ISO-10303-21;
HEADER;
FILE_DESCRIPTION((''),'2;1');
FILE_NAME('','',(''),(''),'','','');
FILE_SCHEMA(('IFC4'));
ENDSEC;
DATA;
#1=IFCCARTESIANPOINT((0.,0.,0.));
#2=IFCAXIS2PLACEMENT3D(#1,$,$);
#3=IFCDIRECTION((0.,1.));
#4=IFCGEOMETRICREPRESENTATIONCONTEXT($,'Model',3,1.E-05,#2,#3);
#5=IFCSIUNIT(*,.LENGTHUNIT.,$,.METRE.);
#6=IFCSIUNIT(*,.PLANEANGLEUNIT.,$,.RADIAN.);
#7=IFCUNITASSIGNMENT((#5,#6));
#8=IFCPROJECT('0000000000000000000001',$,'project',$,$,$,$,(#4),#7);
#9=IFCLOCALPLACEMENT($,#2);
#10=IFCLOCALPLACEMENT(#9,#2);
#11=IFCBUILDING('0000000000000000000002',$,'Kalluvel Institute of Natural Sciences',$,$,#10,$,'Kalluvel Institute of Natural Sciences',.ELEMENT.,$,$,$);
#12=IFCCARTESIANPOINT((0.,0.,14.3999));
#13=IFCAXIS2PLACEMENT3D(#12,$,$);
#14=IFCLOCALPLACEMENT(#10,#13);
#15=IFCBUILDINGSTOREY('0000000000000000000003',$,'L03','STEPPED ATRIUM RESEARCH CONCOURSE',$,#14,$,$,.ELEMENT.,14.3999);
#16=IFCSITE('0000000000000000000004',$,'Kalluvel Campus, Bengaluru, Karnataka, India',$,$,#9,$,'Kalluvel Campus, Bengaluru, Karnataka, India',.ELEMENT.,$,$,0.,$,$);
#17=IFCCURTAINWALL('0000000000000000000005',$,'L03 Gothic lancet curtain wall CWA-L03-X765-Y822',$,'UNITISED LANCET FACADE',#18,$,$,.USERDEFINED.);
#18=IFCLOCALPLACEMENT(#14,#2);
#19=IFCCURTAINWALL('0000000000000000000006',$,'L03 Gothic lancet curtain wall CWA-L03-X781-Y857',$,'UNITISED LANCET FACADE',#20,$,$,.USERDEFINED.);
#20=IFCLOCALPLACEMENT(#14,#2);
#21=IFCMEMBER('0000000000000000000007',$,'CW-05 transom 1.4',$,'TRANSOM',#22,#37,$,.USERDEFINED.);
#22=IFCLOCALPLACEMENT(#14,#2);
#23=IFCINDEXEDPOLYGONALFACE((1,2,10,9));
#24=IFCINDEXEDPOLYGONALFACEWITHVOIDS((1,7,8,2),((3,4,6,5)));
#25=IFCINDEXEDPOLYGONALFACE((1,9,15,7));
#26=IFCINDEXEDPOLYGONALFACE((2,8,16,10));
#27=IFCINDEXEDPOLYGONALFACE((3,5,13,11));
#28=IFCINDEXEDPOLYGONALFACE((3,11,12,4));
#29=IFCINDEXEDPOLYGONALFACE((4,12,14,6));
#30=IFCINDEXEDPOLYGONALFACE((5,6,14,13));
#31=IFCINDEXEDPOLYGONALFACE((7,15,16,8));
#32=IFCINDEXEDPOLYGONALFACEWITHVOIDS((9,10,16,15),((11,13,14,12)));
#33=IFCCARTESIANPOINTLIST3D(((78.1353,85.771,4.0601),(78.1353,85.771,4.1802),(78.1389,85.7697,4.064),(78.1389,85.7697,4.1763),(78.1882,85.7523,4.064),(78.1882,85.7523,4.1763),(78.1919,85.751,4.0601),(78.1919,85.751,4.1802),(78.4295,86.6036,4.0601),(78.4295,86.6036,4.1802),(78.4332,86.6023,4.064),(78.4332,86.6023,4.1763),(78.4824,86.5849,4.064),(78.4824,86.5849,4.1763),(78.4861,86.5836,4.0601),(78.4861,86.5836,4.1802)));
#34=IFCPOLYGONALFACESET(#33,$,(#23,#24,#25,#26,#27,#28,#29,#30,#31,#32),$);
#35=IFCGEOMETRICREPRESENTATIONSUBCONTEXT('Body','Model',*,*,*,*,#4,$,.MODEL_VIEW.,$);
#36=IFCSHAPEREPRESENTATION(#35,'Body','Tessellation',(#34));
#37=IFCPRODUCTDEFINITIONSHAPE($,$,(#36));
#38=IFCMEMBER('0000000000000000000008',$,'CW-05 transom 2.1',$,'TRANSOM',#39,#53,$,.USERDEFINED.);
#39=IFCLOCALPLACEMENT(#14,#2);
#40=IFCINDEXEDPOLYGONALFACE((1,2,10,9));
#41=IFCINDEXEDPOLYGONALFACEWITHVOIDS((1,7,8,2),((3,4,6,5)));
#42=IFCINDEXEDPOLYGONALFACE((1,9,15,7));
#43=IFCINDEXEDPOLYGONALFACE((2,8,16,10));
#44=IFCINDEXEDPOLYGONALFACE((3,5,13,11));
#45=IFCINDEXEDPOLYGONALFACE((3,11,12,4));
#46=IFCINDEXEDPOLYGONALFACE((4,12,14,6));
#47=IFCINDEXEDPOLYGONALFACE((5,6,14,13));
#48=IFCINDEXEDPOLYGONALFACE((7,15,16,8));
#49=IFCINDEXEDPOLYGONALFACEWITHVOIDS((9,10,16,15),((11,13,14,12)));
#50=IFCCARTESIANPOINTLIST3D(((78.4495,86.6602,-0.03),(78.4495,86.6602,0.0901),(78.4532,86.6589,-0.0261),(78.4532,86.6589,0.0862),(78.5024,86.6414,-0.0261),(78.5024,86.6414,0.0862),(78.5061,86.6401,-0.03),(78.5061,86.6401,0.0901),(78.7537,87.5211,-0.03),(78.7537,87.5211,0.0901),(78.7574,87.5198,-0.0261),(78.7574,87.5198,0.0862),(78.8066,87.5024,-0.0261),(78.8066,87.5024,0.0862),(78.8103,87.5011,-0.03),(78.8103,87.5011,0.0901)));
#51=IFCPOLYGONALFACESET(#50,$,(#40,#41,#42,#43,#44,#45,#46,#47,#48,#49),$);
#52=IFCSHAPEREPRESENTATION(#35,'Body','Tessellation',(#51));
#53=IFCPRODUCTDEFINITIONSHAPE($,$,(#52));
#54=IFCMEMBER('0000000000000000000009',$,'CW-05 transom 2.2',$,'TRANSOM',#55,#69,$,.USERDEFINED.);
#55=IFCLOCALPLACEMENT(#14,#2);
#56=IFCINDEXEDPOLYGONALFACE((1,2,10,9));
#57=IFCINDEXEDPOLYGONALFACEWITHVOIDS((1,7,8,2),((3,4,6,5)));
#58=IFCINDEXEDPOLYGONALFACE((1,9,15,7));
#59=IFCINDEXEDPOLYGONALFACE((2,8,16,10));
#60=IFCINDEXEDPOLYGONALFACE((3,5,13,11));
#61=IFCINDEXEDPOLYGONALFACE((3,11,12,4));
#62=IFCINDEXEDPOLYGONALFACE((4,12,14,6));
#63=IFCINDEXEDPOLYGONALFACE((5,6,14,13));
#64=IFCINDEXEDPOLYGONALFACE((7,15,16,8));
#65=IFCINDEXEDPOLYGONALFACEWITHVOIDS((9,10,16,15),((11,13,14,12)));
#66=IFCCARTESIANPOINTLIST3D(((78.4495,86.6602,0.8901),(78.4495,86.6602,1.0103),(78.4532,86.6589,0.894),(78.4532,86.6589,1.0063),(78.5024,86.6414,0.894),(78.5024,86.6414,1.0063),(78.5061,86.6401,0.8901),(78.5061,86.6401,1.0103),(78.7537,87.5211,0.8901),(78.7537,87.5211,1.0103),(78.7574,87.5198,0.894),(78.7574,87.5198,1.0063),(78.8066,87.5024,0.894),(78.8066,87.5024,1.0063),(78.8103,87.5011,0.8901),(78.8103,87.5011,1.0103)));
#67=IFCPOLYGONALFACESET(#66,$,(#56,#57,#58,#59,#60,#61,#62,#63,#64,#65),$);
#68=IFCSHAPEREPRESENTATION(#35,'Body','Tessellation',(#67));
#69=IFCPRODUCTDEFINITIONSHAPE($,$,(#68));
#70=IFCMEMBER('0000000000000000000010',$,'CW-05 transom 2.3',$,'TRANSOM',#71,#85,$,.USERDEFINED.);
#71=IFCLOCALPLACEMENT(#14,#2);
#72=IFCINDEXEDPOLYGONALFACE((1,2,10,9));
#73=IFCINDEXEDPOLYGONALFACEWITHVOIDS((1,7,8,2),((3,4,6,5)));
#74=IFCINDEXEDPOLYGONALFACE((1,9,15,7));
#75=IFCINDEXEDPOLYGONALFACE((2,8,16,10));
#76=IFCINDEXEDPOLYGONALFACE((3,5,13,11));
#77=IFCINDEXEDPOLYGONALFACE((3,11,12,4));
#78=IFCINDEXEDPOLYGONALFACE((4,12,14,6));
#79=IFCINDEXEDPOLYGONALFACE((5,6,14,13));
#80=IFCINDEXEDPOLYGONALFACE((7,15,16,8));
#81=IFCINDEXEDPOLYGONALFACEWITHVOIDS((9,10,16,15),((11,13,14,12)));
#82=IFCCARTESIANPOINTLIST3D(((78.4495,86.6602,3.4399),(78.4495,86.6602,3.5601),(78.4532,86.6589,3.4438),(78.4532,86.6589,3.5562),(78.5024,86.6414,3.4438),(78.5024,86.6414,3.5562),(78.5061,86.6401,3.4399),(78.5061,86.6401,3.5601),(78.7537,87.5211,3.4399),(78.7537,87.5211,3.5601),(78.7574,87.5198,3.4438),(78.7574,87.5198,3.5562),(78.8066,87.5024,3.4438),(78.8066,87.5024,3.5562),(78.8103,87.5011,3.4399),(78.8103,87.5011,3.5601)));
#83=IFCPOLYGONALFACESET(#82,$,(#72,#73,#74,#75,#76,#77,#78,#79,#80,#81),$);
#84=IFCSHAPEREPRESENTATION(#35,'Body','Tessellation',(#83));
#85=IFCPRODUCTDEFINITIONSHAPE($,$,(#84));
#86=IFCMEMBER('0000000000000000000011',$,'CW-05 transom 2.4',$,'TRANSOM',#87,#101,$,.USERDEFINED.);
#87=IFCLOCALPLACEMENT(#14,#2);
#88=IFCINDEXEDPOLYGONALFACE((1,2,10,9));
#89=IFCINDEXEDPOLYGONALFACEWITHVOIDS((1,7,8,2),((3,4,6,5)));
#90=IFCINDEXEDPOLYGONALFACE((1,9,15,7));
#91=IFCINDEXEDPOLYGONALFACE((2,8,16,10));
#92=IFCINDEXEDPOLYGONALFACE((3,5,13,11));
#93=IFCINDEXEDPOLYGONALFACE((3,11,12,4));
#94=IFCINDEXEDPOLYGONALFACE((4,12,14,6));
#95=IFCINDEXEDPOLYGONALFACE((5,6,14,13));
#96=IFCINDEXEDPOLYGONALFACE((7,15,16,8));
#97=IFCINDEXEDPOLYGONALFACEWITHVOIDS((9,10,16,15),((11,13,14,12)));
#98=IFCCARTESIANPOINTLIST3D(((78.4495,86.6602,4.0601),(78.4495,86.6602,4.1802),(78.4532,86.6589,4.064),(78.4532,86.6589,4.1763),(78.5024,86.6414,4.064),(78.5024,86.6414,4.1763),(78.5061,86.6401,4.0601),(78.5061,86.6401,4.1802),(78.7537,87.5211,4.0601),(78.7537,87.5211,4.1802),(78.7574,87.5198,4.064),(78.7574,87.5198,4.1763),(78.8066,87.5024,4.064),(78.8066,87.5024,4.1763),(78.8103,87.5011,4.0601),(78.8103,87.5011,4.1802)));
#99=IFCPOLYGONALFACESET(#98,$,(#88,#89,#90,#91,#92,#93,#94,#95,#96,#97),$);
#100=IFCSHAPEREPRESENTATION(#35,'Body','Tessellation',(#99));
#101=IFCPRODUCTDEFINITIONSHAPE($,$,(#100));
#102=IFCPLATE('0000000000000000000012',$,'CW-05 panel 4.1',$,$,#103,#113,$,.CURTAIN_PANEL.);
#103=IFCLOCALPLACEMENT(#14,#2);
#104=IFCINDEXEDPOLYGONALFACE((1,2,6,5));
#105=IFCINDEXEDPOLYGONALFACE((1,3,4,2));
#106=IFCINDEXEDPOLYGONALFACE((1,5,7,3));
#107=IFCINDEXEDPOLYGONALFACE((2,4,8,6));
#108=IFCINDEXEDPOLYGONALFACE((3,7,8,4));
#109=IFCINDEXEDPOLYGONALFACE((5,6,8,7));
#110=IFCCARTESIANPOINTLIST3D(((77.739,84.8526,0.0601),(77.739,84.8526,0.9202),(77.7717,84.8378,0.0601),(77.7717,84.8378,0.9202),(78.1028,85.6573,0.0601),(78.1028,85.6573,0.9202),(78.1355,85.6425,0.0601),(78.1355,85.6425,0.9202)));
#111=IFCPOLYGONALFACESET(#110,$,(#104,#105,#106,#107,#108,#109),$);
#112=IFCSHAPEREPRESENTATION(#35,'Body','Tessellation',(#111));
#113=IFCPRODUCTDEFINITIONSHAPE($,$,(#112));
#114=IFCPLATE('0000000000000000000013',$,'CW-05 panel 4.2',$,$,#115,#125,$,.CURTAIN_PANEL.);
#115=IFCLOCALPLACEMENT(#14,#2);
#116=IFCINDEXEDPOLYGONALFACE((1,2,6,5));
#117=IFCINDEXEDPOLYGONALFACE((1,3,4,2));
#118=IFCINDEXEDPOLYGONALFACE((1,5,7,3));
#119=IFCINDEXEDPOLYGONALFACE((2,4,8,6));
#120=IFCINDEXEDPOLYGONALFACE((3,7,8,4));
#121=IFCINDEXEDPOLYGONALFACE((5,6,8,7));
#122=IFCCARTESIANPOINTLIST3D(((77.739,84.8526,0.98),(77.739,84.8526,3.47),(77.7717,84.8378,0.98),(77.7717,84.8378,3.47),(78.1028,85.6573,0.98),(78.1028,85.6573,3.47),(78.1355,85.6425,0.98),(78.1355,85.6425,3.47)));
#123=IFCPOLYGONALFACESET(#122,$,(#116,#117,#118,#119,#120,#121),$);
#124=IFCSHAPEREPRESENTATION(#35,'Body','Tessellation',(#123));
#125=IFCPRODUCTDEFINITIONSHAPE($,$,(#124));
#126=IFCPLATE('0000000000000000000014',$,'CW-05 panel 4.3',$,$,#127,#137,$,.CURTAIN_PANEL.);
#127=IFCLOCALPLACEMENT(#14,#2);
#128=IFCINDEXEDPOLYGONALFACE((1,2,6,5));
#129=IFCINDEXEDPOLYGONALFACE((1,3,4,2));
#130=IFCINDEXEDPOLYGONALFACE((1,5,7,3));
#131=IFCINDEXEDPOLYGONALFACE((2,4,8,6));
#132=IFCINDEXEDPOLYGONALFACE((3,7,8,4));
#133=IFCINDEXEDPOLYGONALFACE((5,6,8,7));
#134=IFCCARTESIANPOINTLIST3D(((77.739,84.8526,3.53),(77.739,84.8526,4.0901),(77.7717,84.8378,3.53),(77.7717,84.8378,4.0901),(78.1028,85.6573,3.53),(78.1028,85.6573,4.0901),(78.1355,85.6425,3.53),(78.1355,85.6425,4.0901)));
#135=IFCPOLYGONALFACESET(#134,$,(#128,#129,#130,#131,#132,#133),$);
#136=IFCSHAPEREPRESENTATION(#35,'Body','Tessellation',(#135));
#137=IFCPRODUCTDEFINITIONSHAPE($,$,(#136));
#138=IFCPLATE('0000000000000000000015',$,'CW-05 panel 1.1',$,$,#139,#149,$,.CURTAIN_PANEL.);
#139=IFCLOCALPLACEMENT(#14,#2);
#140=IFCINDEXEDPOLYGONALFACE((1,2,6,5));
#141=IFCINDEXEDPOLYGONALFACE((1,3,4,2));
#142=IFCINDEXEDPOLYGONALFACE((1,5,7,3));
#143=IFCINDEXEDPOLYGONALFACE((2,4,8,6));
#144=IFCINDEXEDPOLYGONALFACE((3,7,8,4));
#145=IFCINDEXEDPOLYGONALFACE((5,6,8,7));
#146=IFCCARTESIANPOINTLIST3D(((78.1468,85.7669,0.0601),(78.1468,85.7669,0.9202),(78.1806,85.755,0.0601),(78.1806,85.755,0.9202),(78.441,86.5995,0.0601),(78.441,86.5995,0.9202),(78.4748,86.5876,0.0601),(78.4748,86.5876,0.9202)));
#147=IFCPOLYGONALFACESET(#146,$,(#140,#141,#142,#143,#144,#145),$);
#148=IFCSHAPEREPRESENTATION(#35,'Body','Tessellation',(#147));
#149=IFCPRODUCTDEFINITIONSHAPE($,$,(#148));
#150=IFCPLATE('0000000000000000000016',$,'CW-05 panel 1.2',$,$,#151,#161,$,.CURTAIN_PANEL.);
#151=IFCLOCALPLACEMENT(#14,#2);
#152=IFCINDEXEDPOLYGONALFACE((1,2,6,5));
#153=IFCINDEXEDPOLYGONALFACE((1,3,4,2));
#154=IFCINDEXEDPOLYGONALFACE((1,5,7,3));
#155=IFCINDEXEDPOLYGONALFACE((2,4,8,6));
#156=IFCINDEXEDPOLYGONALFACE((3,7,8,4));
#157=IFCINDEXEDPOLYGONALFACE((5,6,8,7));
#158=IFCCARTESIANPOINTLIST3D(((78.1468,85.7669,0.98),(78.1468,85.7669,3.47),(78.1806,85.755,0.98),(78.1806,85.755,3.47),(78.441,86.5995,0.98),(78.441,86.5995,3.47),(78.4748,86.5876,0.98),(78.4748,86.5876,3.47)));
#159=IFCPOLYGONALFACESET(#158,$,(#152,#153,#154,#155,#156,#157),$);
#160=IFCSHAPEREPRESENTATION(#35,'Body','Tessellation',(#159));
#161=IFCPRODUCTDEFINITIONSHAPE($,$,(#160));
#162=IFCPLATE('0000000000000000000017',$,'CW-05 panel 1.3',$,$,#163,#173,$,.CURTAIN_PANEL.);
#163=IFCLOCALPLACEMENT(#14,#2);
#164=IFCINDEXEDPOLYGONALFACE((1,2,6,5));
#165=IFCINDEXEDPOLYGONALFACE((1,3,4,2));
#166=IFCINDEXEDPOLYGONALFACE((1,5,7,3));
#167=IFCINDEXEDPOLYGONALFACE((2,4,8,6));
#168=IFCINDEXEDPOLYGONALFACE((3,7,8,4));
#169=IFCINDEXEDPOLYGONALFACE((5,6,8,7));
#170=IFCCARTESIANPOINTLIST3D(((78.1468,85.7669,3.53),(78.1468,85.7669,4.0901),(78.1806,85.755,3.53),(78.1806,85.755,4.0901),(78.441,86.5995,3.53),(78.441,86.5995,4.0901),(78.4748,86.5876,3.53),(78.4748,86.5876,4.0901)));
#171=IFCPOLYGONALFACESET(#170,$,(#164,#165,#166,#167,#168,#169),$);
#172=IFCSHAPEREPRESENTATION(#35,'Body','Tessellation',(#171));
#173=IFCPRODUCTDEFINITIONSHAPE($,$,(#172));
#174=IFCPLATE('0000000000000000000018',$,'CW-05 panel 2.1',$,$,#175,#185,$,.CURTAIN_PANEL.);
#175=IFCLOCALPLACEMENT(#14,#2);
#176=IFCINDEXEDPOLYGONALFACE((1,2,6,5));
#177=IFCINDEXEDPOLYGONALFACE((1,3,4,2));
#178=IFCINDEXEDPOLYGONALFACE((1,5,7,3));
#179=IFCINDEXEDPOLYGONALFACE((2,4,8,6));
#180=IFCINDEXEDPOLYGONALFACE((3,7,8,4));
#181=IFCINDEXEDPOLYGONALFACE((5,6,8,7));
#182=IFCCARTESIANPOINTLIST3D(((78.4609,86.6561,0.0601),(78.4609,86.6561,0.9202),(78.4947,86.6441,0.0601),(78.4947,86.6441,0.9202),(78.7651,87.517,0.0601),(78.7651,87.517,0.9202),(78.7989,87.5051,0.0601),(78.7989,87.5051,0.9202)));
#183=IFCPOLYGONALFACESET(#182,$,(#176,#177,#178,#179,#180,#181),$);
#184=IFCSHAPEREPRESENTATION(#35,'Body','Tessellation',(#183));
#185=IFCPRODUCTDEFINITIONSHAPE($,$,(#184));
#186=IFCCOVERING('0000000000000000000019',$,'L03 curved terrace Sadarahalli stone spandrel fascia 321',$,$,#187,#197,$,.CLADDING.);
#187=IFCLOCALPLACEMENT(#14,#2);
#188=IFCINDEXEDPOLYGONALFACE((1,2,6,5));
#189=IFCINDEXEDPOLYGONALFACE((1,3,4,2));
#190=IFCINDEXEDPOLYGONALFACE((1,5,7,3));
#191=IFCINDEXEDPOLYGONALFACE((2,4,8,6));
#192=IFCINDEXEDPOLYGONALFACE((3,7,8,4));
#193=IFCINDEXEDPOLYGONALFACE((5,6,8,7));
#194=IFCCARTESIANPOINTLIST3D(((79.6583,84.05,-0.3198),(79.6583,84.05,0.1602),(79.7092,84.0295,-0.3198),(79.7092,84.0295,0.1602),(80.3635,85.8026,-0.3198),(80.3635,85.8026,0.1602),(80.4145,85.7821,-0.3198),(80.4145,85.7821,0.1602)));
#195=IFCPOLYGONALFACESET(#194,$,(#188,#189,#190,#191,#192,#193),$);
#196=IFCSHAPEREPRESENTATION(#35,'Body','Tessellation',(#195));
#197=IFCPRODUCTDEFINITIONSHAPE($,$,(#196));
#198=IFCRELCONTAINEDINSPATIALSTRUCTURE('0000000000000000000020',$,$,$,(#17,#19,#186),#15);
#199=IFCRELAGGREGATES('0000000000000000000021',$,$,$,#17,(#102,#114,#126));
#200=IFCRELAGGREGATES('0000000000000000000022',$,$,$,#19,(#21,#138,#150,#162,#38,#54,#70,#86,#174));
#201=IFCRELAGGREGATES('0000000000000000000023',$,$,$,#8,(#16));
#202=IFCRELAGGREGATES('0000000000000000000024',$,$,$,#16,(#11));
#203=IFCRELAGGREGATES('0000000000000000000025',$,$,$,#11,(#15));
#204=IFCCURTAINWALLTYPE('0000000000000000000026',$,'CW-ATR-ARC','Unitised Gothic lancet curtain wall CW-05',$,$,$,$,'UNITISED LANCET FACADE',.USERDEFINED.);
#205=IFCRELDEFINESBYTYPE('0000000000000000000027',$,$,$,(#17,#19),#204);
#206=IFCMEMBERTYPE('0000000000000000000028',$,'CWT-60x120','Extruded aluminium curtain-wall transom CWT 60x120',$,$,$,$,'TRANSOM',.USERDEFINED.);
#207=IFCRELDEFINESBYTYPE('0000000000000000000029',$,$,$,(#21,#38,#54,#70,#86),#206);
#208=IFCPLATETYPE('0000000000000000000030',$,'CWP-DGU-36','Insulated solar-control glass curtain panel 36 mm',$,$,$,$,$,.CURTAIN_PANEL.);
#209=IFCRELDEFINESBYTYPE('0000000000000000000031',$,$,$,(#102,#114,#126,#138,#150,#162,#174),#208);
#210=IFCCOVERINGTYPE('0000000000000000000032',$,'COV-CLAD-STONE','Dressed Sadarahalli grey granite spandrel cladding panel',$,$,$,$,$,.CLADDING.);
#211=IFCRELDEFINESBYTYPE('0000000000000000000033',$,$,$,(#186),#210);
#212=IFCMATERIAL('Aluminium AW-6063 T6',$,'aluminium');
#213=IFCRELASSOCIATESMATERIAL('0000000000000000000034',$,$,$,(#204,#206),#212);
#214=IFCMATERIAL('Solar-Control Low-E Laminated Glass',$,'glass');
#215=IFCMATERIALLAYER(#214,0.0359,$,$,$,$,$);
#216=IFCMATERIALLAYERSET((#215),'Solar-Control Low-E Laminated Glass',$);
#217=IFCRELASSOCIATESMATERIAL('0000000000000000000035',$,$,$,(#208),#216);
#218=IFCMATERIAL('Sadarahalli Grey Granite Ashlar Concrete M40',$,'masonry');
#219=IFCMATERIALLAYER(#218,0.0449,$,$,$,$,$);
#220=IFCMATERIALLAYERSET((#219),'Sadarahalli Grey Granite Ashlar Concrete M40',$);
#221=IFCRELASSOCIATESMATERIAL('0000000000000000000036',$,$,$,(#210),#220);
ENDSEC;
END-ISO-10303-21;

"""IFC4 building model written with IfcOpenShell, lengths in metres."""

from ifc_helpers import new_model, si_unit, direction, frame, origin, origin_2d, place, context, subcontext, project, spatial, rectangle, hollow_rectangle, extrude, material, layer, layer_set, material_profile, profile_set, type_object, element, aggregate, save


model = new_model("IFC4")

# Units and contexts
model_context = context("Model", 3, precision=1e-05, world=origin(), true_north=direction((0.0, 1.0)))
body_context = subcontext(model_context, "Body", "Model", "MODEL_VIEW")
ifc_project = project(units=[si_unit("LENGTHUNIT", "METRE"), si_unit("PLANEANGLEUNIT", "RADIAN")], contexts=[model_context])

# Site, building, storey
site_placement = place(None, origin())
site = spatial("IfcSite", under=ifc_project, at=site_placement, Name="Kalluvel Campus, Bengaluru, Karnataka, India", LongName="Kalluvel Campus, Bengaluru, Karnataka, India", CompositionType="ELEMENT", RefElevation=0.0)
building_placement = place(site_placement, origin())
building = spatial("IfcBuilding", under=site, at=building_placement, Name="Kalluvel Institute of Natural Sciences", LongName="Kalluvel Institute of Natural Sciences", CompositionType="ELEMENT")
storey_placement = place(building_placement, frame((0.0, 0.0, 14.3999)))
storey = spatial("IfcBuildingStorey", under=building, at=storey_placement, Name="L03", Description="STEPPED ATRIUM RESEARCH CONCOURSE", CompositionType="ELEMENT", Elevation=14.3999)

# Curtain wall
ifc_material_1 = material(Name="Aluminium AW-6063 T6", Category="aluminium")
curtain_wall_type = type_object("IfcCurtainWallType", Name="CW-ATR-ARC", Description="Unitised Gothic lancet curtain wall CW-05", ElementType="UNITISED LANCET FACADE", PredefinedType="USERDEFINED", material=ifc_material_1)
curtain_wall_1_placement = place(storey_placement, origin())
curtain_wall_1 = element("IfcCurtainWall", 1, at=curtain_wall_1_placement, inside=storey, type_object=curtain_wall_type, Name="L03 Gothic lancet curtain wall CWA-L03-X765-Y822", ObjectType="UNITISED LANCET FACADE", PredefinedType="USERDEFINED")

# Curtain wall
curtain_wall_2_placement = place(storey_placement, origin())
curtain_wall_2 = element("IfcCurtainWall", 2, at=curtain_wall_2_placement, inside=storey, type_object=curtain_wall_type, Name="L03 Gothic lancet curtain wall CWA-L03-X781-Y857", ObjectType="UNITISED LANCET FACADE", PredefinedType="USERDEFINED")

# Members
ifc_material_profile_1 = material_profile(ifc_material_1, hollow_rectangle(XDim=0.0601, YDim=0.1201, WallThickness=0.0039, at=origin_2d()), Name="CWT 60x120")
ifc_profile_set_1 = profile_set([ifc_material_profile_1], Name="Aluminium AW-6063 T6")
member_type_1 = type_object("IfcMemberType", Name="CWT-60x120", Description="Extruded aluminium curtain-wall transom CWT 60x120", ElementType="TRANSOM", PredefinedType="USERDEFINED", material=ifc_profile_set_1)
member_1_placement = place(storey_placement, frame((78.1636, 85.761, 4.1201), z_axis=(0.333182, 0.942863, 0.0), x_axis=(-0.942863, 0.333182, 0.0)))
member_1 = element("IfcMember", 3, at=member_1_placement, type_object=member_type_1, Name="CW-05 transom 1.4", ObjectType="TRANSOM", PredefinedType="USERDEFINED", context=body_context, shape_type="SweptSolid", body=[
    extrude(hollow_rectangle(XDim=0.0601, YDim=0.1201, WallThickness=0.0039, at=origin_2d()), origin(), (0.0, 0.0, 1.0), 0.8831),
])
member_2_placement = place(storey_placement, frame((78.4778, 86.6501, 0.03), z_axis=(0.333184, 0.942862, 0.0), x_axis=(-0.942862, 0.333184, 0.0)))
member_2 = element("IfcMember", 4, at=member_2_placement, type_object=member_type_1, Name="CW-05 transom 2.1", ObjectType="TRANSOM", PredefinedType="USERDEFINED", context=body_context, shape_type="SweptSolid", body=[
    extrude(hollow_rectangle(XDim=0.0601, YDim=0.1201, WallThickness=0.0039, at=origin_2d()), origin(), (0.0, 0.0, 1.0), 0.9131),
])
member_3_placement = place(storey_placement, frame((78.4778, 86.6501, 0.9502), z_axis=(0.333184, 0.942862, 0.0), x_axis=(-0.942862, 0.333184, 0.0)))
member_3 = element("IfcMember", 5, at=member_3_placement, type_object=member_type_1, Name="CW-05 transom 2.2", ObjectType="TRANSOM", PredefinedType="USERDEFINED", context=body_context, shape_type="SweptSolid", body=[
    extrude(hollow_rectangle(XDim=0.0601, YDim=0.1201, WallThickness=0.0039, at=origin_2d()), origin(), (0.0, 0.0, 1.0), 0.9131),
])
member_4_placement = place(storey_placement, frame((78.4778, 86.6501, 3.5), z_axis=(0.333184, 0.942862, 0.0), x_axis=(-0.942862, 0.333184, 0.0)))
member_4 = element("IfcMember", 6, at=member_4_placement, type_object=member_type_1, Name="CW-05 transom 2.3", ObjectType="TRANSOM", PredefinedType="USERDEFINED", context=body_context, shape_type="SweptSolid", body=[
    extrude(hollow_rectangle(XDim=0.0601, YDim=0.1201, WallThickness=0.0039, at=origin_2d()), origin(), (0.0, 0.0, 1.0), 0.9131),
])
member_5_placement = place(storey_placement, frame((78.4778, 86.6501, 4.1201), z_axis=(0.333184, 0.942862, 0.0), x_axis=(-0.942862, 0.333184, 0.0)))
member_5 = element("IfcMember", 7, at=member_5_placement, type_object=member_type_1, Name="CW-05 transom 2.4", ObjectType="TRANSOM", PredefinedType="USERDEFINED", context=body_context, shape_type="SweptSolid", body=[
    extrude(hollow_rectangle(XDim=0.0601, YDim=0.1201, WallThickness=0.0039, at=origin_2d()), origin(), (0.0, 0.0, 1.0), 0.9131),
])

# Plates
ifc_material_2 = material(Name="Solar-Control Low-E Laminated Glass", Category="glass")
ifc_layer_1 = layer(ifc_material_2, 0.0359)
ifc_layer_set_1 = layer_set([ifc_layer_1], Name="Solar-Control Low-E Laminated Glass")
plate_type = type_object("IfcPlateType", Name="CWP-DGU-36", Description="Insulated solar-control glass curtain panel 36 mm", PredefinedType="CURTAIN_PANEL", material=ifc_layer_set_1)
plate_1_placement = place(storey_placement, frame((77.9373, 85.2476, 0.0601), z_axis=(0.0, 0.0, 1.0), x_axis=(0.411895, 0.911231, 0.0)))
plate_1 = element("IfcPlate", 8, at=plate_1_placement, type_object=plate_type, Name="CW-05 panel 4.1", PredefinedType="CURTAIN_PANEL", context=body_context, shape_type="SweptSolid", body=[
    extrude(rectangle(XDim=0.8831, YDim=0.0359, at=origin_2d()), origin(), (0.0, 0.0, 1.0), 0.8601),
])
plate_2_placement = place(storey_placement, frame((77.9373, 85.2476, 0.98), z_axis=(0.0, 0.0, 1.0), x_axis=(0.411895, 0.911231, 0.0)))
plate_2 = element("IfcPlate", 9, at=plate_2_placement, type_object=plate_type, Name="CW-05 panel 4.2", PredefinedType="CURTAIN_PANEL", context=body_context, shape_type="SweptSolid", body=[
    extrude(rectangle(XDim=0.8831, YDim=0.0359, at=origin_2d()), origin(), (0.0, 0.0, 1.0), 2.49),
])
plate_3_placement = place(storey_placement, frame((77.9373, 85.2476, 3.53), z_axis=(0.0, 0.0, 1.0), x_axis=(0.411895, 0.911231, 0.0)))
plate_3 = element("IfcPlate", 10, at=plate_3_placement, type_object=plate_type, Name="CW-05 panel 4.3", PredefinedType="CURTAIN_PANEL", context=body_context, shape_type="SweptSolid", body=[
    extrude(rectangle(XDim=0.8831, YDim=0.0359, at=origin_2d()), origin(), (0.0, 0.0, 1.0), 0.5601),
])
aggregate(curtain_wall_1, [plate_1, plate_2, plate_3])
plate_4_placement = place(storey_placement, frame((78.3108, 86.1772, 0.0601), z_axis=(0.0, 0.0, 1.0), x_axis=(0.333128, 0.942882, 0.0)))
plate_4 = element("IfcPlate", 11, at=plate_4_placement, type_object=plate_type, Name="CW-05 panel 1.1", PredefinedType="CURTAIN_PANEL", context=body_context, shape_type="SweptSolid", body=[
    extrude(rectangle(XDim=0.8831, YDim=0.0359, at=origin_2d()), origin(), (0.0, 0.0, 1.0), 0.8601),
])
plate_5_placement = place(storey_placement, frame((78.3108, 86.1772, 0.98), z_axis=(0.0, 0.0, 1.0), x_axis=(0.333128, 0.942882, 0.0)))
plate_5 = element("IfcPlate", 12, at=plate_5_placement, type_object=plate_type, Name="CW-05 panel 1.2", PredefinedType="CURTAIN_PANEL", context=body_context, shape_type="SweptSolid", body=[
    extrude(rectangle(XDim=0.8831, YDim=0.0359, at=origin_2d()), origin(), (0.0, 0.0, 1.0), 2.49),
])
plate_6_placement = place(storey_placement, frame((78.3108, 86.1772, 3.53), z_axis=(0.0, 0.0, 1.0), x_axis=(0.333128, 0.942882, 0.0)))
plate_6 = element("IfcPlate", 13, at=plate_6_placement, type_object=plate_type, Name="CW-05 panel 1.3", PredefinedType="CURTAIN_PANEL", context=body_context, shape_type="SweptSolid", body=[
    extrude(rectangle(XDim=0.8831, YDim=0.0359, at=origin_2d()), origin(), (0.0, 0.0, 1.0), 0.5601),
])
plate_7_placement = place(storey_placement, frame((78.6299, 87.0806, 0.0601), z_axis=(0.0, 0.0, 1.0), x_axis=(0.333128, 0.942882, 0.0)))
plate_7 = element("IfcPlate", 14, at=plate_7_placement, type_object=plate_type, Name="CW-05 panel 2.1", PredefinedType="CURTAIN_PANEL", context=body_context, shape_type="SweptSolid", body=[
    extrude(rectangle(XDim=0.9131, YDim=0.0359, at=origin_2d()), origin(), (0.0, 0.0, 1.0), 0.8601),
])
aggregate(curtain_wall_2, [member_1, plate_4, plate_5, plate_6, member_2, member_3, member_4, member_5, plate_7])

# Covering
ifc_material_3 = material(Name="Sadarahalli Grey Granite Ashlar Concrete M40", Category="masonry")
ifc_layer_2 = layer(ifc_material_3, 0.0449)
ifc_layer_set_2 = layer_set([ifc_layer_2], Name="Sadarahalli Grey Granite Ashlar Concrete M40")
covering_type = type_object("IfcCoveringType", Name="COV-CLAD-STONE", Description="Dressed Sadarahalli grey granite spandrel cladding panel", PredefinedType="CLADDING", material=ifc_layer_set_2)
for number, where, z_axis, x_axis, name in (
    (15, (80.0364, 84.916, -0.3198), (0.0, 0.0, 1.0), (0.373312, 0.927706, 0.0), "L03 curved terrace Sadarahalli stone spandrel fascia 321"),
):
    element("IfcCovering", number, at=place(storey_placement, frame(where, z_axis=z_axis, x_axis=x_axis)), inside=storey, type_object=covering_type, Name=name, PredefinedType="CLADDING", context=body_context, shape_type="SweptSolid", body=[
        extrude(rectangle(XDim=1.8892, YDim=0.0549, at=origin_2d()), origin(), (0.0, 0.0, 1.0), 0.48),
    ])

save(model, "model.ifc")
